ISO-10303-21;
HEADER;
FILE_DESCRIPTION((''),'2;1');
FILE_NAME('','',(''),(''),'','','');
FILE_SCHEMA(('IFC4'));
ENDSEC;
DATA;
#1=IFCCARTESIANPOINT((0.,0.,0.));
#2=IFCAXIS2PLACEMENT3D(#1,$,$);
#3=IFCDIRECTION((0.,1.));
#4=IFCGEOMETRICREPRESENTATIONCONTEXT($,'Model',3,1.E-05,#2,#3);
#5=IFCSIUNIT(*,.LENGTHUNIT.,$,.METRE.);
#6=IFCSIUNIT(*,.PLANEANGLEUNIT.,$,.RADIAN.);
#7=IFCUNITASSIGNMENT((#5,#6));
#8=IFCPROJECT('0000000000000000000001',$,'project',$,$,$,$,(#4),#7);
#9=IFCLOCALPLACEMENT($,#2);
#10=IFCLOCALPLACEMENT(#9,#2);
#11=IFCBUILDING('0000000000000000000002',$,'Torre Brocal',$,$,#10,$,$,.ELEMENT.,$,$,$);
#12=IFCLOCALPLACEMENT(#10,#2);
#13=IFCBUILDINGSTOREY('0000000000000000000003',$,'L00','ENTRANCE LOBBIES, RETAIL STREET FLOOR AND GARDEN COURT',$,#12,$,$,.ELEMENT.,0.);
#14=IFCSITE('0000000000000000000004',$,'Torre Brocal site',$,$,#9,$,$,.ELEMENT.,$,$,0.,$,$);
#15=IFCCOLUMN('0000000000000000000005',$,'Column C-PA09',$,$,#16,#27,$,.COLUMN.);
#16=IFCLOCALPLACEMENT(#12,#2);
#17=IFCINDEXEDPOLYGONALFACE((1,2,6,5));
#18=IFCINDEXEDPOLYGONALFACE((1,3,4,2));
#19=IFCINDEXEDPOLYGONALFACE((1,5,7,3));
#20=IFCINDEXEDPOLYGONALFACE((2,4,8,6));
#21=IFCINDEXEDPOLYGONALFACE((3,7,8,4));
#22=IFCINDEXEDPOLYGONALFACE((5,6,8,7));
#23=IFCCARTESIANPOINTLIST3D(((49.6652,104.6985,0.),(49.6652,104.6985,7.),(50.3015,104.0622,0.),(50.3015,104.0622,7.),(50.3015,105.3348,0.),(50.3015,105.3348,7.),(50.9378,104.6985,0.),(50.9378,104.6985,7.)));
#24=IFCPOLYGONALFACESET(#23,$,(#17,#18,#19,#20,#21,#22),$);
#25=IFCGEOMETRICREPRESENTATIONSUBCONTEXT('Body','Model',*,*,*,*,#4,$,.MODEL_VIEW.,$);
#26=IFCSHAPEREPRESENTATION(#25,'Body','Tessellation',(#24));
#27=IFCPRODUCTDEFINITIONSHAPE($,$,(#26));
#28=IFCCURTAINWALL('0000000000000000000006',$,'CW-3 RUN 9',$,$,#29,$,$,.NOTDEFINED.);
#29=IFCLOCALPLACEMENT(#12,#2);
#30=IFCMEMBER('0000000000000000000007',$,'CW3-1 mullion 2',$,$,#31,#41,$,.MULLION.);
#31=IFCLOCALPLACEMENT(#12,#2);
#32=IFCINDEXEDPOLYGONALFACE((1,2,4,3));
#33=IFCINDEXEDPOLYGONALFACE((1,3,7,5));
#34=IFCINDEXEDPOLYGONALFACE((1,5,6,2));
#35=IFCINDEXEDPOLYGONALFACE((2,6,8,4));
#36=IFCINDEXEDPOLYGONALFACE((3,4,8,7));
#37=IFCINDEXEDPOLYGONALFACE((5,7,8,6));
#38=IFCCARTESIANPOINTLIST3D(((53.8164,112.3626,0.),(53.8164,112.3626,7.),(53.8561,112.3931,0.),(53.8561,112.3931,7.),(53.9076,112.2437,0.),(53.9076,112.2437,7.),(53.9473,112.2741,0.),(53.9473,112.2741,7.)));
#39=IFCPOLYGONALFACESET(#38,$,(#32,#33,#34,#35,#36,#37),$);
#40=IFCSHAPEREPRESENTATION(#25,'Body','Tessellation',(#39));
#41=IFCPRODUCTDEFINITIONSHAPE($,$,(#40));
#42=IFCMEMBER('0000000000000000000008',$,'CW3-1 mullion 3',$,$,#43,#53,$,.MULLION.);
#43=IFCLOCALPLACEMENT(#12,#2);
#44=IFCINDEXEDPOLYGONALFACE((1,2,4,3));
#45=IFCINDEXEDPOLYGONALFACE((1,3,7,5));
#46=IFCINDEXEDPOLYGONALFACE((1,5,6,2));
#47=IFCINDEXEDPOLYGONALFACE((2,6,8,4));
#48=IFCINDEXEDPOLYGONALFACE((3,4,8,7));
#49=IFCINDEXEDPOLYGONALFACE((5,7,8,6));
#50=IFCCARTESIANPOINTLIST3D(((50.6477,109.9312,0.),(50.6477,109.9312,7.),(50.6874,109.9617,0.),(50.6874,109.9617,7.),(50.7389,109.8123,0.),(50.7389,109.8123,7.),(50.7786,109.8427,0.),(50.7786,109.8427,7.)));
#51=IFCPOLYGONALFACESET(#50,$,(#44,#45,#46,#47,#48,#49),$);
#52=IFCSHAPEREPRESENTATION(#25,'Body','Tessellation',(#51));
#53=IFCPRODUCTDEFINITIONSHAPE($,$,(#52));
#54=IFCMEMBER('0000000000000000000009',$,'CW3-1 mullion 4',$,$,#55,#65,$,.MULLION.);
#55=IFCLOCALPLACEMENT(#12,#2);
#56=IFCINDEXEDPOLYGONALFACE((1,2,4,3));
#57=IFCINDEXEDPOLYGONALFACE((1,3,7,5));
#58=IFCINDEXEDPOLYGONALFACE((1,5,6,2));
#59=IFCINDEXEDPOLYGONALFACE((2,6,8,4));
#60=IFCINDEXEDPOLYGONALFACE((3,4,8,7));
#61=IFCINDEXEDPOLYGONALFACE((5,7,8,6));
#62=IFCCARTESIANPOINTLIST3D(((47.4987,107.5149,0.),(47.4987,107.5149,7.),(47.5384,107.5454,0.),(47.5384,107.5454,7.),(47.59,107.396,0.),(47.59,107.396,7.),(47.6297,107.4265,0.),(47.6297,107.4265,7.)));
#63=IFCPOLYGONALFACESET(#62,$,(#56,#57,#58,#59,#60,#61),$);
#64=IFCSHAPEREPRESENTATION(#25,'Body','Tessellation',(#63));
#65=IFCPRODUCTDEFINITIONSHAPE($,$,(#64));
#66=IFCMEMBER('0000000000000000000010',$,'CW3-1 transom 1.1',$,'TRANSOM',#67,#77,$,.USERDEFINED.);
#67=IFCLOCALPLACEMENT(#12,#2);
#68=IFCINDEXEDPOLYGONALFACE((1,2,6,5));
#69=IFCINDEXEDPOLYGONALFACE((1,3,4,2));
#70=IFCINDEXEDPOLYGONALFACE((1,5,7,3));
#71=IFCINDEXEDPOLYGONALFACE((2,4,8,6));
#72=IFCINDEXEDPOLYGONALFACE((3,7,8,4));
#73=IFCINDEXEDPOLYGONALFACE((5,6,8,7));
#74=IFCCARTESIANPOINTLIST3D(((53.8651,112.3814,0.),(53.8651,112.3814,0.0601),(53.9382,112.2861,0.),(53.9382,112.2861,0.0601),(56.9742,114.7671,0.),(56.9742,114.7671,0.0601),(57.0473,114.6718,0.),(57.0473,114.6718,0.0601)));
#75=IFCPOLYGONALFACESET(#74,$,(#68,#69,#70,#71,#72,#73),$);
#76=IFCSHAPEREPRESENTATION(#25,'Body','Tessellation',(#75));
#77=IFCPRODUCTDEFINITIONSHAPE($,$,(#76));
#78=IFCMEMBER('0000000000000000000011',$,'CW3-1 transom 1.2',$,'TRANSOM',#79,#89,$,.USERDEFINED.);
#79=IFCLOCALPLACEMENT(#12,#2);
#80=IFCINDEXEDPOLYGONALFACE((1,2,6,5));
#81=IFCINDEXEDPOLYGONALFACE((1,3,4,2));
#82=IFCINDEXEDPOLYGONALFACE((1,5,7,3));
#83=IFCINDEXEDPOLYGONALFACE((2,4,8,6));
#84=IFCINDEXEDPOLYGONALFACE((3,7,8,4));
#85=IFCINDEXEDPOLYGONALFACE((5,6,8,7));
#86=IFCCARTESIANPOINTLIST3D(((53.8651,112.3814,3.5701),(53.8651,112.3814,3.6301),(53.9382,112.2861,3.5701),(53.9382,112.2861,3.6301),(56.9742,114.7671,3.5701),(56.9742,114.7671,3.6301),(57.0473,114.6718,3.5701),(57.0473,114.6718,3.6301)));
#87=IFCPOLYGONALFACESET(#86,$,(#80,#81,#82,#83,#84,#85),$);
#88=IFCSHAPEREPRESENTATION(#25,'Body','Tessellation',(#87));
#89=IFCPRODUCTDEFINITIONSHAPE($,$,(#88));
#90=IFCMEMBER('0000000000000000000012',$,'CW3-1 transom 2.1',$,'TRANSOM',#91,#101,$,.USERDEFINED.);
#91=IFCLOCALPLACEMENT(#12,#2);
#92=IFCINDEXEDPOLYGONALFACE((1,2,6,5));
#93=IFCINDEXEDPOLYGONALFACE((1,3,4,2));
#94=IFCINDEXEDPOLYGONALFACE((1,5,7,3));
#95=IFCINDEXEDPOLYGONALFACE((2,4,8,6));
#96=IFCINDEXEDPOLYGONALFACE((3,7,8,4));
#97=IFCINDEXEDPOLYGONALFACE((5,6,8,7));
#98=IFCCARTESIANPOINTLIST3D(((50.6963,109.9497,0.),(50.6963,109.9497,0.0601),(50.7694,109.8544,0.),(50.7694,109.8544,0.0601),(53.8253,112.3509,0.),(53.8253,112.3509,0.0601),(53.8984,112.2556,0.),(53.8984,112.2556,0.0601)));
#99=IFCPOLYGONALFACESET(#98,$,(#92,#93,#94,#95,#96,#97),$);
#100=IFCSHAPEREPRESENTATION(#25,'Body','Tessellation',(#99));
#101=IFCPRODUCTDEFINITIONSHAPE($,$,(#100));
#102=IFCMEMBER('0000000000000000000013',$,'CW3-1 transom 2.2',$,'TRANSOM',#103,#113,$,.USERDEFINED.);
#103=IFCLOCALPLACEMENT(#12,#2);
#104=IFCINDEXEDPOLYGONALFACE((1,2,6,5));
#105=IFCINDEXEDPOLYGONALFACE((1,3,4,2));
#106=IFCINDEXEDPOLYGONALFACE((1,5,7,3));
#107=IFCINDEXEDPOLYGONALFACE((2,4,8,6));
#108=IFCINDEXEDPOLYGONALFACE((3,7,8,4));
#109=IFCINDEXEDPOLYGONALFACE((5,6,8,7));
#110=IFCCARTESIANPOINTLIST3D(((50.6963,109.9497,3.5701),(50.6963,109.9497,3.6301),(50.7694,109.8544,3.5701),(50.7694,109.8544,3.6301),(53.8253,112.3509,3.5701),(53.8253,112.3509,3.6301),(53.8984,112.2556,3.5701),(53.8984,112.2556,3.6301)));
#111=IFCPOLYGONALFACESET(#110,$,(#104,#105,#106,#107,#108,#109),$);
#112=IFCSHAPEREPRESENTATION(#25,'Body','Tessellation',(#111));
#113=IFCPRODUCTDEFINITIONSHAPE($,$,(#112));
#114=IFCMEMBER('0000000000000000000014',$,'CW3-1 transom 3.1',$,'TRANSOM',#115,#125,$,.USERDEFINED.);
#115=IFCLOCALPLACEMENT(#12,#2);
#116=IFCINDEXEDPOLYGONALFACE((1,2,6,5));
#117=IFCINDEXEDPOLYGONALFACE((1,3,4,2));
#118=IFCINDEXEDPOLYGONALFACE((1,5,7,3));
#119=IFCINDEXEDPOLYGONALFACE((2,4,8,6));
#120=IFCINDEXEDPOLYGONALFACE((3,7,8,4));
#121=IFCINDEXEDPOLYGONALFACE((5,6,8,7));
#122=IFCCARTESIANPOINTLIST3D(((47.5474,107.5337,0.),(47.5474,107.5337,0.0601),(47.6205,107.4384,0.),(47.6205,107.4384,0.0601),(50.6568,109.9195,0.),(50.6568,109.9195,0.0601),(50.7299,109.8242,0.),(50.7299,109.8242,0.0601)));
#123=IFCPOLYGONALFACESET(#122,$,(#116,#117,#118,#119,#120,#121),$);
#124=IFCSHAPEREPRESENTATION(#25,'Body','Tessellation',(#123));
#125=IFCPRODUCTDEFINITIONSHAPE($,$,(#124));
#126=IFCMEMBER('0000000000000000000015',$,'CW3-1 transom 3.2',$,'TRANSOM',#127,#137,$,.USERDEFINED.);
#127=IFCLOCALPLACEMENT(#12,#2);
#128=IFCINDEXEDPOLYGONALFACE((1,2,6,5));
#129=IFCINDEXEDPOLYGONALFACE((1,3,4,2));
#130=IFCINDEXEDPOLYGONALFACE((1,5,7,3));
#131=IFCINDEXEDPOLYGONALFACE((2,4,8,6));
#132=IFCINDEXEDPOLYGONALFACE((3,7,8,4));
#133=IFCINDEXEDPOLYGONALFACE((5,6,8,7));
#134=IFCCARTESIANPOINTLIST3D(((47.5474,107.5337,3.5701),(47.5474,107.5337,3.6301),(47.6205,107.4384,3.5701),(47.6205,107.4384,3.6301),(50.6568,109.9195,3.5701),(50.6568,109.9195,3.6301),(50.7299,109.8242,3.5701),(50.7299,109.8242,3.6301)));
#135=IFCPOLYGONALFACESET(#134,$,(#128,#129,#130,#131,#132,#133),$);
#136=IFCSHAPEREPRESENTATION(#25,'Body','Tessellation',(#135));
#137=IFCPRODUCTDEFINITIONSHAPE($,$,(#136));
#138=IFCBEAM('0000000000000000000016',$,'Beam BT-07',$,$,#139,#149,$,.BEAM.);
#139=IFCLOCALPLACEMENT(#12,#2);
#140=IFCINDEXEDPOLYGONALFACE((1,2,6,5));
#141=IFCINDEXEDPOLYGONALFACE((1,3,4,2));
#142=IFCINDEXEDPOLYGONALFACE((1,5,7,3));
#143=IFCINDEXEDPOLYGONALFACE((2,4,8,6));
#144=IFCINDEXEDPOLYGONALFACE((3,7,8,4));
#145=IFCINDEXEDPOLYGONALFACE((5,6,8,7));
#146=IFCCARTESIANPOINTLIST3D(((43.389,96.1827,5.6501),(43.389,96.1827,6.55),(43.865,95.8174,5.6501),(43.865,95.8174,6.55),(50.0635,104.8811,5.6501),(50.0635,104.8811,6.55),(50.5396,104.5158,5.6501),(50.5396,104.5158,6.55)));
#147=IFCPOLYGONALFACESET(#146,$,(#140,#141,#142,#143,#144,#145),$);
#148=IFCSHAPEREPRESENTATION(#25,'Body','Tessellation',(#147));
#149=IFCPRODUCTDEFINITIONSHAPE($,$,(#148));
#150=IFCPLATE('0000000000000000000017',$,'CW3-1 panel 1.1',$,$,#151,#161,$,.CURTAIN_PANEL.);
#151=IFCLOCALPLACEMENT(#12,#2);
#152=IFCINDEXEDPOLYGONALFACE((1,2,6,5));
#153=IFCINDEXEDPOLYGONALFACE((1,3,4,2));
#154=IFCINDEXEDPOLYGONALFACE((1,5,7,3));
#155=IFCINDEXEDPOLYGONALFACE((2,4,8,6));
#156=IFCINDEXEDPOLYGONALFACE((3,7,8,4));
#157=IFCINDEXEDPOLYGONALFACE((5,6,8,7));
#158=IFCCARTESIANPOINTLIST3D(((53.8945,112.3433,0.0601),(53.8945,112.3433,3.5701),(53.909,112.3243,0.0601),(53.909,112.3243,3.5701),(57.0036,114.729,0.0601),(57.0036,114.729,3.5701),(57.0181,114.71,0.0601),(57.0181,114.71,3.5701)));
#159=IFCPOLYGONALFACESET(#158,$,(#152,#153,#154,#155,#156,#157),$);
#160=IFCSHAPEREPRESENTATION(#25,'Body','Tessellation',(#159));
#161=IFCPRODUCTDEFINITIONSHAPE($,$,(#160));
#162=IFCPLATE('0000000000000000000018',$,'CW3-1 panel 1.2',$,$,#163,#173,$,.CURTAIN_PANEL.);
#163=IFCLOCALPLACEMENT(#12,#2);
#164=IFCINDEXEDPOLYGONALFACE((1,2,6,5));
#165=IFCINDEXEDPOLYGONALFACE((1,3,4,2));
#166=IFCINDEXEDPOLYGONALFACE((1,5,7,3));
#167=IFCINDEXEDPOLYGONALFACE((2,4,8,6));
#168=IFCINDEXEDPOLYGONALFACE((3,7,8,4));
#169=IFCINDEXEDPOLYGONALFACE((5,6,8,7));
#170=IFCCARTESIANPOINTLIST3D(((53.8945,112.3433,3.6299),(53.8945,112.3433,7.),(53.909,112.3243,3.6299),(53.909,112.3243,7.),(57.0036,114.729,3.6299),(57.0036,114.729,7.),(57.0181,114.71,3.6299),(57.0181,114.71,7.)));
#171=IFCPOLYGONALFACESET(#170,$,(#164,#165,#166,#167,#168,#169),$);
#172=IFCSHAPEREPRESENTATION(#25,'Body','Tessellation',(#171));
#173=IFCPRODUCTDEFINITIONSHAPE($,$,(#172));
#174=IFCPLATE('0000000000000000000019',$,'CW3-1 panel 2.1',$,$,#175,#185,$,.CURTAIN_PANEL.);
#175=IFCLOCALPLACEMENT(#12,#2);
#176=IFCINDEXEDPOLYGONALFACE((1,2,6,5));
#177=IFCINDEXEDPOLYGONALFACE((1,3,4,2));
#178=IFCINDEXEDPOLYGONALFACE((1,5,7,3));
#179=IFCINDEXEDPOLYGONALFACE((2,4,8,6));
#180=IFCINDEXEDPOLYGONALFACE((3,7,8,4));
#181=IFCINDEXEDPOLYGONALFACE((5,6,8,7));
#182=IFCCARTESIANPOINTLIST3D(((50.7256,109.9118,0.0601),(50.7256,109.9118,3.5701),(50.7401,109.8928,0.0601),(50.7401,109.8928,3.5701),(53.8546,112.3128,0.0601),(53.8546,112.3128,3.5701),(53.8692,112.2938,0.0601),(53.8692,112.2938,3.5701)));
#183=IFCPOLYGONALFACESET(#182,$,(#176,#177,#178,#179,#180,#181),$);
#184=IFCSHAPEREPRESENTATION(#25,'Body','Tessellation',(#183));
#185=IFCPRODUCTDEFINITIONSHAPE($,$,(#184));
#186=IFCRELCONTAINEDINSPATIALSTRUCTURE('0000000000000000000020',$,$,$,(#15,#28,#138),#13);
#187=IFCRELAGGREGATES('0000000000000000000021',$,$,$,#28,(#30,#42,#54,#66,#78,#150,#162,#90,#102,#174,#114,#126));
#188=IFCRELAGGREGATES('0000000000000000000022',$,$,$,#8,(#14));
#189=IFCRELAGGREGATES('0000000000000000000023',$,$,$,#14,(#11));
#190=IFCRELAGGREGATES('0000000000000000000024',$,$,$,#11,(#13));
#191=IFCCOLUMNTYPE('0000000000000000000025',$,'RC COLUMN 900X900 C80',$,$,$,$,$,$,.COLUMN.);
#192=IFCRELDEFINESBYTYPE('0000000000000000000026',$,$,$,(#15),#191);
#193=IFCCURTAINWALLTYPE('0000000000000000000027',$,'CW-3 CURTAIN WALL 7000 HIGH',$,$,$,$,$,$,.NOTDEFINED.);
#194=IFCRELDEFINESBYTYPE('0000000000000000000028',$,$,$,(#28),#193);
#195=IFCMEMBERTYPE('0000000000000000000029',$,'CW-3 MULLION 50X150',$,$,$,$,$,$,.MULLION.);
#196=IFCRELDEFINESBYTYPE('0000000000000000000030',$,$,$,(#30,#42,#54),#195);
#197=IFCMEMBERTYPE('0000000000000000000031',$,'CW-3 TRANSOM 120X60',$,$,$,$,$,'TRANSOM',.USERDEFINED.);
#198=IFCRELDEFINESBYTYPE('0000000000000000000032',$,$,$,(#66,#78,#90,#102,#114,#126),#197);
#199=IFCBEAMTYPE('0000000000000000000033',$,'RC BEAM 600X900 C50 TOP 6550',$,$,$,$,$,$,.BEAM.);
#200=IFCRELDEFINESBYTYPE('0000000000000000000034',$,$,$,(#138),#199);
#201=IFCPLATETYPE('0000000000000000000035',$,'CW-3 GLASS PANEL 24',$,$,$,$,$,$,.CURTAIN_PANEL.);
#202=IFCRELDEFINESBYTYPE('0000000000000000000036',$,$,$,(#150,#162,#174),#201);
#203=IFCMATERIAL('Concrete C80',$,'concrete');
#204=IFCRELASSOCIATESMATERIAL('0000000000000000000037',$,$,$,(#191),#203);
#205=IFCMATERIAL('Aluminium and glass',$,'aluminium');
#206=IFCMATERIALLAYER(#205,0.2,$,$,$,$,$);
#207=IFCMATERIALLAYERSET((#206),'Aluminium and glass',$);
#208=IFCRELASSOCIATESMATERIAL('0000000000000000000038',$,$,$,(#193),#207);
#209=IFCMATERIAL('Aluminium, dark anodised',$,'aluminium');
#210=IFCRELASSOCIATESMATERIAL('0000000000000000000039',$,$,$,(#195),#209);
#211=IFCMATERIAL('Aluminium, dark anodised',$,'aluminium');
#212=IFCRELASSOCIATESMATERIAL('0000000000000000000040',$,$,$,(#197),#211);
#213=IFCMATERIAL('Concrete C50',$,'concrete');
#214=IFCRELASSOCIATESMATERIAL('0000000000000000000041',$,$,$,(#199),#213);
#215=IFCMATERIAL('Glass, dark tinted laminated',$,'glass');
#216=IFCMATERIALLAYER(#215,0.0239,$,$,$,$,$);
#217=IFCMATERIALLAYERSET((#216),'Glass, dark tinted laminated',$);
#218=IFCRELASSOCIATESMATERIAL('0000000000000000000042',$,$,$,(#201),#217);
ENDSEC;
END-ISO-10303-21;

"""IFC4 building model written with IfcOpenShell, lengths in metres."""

from ifc_helpers import new_model, si_unit, direction, frame, origin, origin_2d, place, context, subcontext, project, spatial, rectangle, extrude, material, layer, layer_set, material_profile, profile_set, type_object, element, aggregate, save


model = new_model("IFC4")

# Units and contexts
model_context = context("Model", 3, precision=1e-05, world=origin(), true_north=direction((0.0, 1.0)))
body_context = subcontext(model_context, "Body", "Model", "MODEL_VIEW")
ifc_project = project(units=[si_unit("LENGTHUNIT", "METRE"), si_unit("PLANEANGLEUNIT", "RADIAN")], contexts=[model_context])

# Site, building, storey
site_placement = place(None, origin())
site = spatial("IfcSite", under=ifc_project, at=site_placement, Name="Torre Brocal site", CompositionType="ELEMENT", RefElevation=0.0)
building_placement = place(site_placement, origin())
building = spatial("IfcBuilding", under=site, at=building_placement, Name="Torre Brocal", CompositionType="ELEMENT")
storey_placement = place(building_placement, origin())
storey = spatial("IfcBuildingStorey", under=building, at=storey_placement, Name="L00", Description="ENTRANCE LOBBIES, RETAIL STREET FLOOR AND GARDEN COURT", CompositionType="ELEMENT", Elevation=0.0)

# Column
ifc_material_1 = material(Name="Concrete C80", Category="concrete")
ifc_material_profile_1 = material_profile(ifc_material_1, rectangle(XDim=0.8999, YDim=0.8999, at=origin_2d()), Name="RC 900X900")
ifc_profile_set_1 = profile_set([ifc_material_profile_1], Name="Concrete C80")
column_type = type_object("IfcColumnType", Name="RC COLUMN 900X900 C80", PredefinedType="COLUMN", material=ifc_profile_set_1)
column_placement = place(storey_placement, frame((50.3015, 104.6985, 0.0), z_axis=(0.0, 0.0, 1.0), x_axis=(-0.707107, 0.707107, 0.0)))
element("IfcColumn", 1, at=column_placement, inside=storey, type_object=column_type, Name="Column C-PA09", PredefinedType="COLUMN", context=body_context, shape_type="SweptSolid", body=[
    extrude(rectangle(XDim=0.8999, YDim=0.8999, at=origin_2d()), origin(), (0.0, 0.0, 1.0), 7.0),
])

# Curtain wall, members
ifc_material_2 = material(Name="Aluminium and glass", Category="aluminium")
ifc_layer_1 = layer(ifc_material_2, 0.2)
ifc_layer_set_1 = layer_set([ifc_layer_1], Name="Aluminium and glass")
curtain_wall_type = type_object("IfcCurtainWallType", Name="CW-3 CURTAIN WALL 7000 HIGH", PredefinedType="NOTDEFINED", material=ifc_layer_set_1)
curtain_wall_placement = place(storey_placement, origin())
curtain_wall = element("IfcCurtainWall", 2, at=curtain_wall_placement, inside=storey, type_object=curtain_wall_type, Name="CW-3 RUN 9", PredefinedType="NOTDEFINED")
ifc_material_3 = material(Name="Aluminium, dark anodised", Category="aluminium")
ifc_material_profile_2 = material_profile(ifc_material_3, rectangle(XDim=0.1499, YDim=0.05, at=origin_2d()), Name="CW-3 MULLION 50X150")
ifc_profile_set_2 = profile_set([ifc_material_profile_2], Name="Aluminium, dark anodised")
member_type_1 = type_object("IfcMemberType", Name="CW-3 MULLION 50X150", PredefinedType="MULLION", material=ifc_profile_set_2)
member_1_placement = place(storey_placement, frame((53.8818, 112.3184, 0.0), z_axis=(0.0, 0.0, 1.0), x_axis=(0.608761, -0.793353, 0.0)))
member_1 = element("IfcMember", 3, at=member_1_placement, type_object=member_type_1, Name="CW3-1 mullion 2", PredefinedType="MULLION", context=body_context, shape_type="SweptSolid", body=[
    extrude(rectangle(XDim=0.1499, YDim=0.05, at=origin_2d()), origin(), (0.0, 0.0, 1.0), 7.0),
])
member_2_placement = place(storey_placement, frame((50.7131, 109.887, 0.0), z_axis=(0.0, 0.0, 1.0), x_axis=(0.608761, -0.793353, 0.0)))
member_2 = element("IfcMember", 4, at=member_2_placement, type_object=member_type_1, Name="CW3-1 mullion 3", PredefinedType="MULLION", context=body_context, shape_type="SweptSolid", body=[
    extrude(rectangle(XDim=0.1499, YDim=0.05, at=origin_2d()), origin(), (0.0, 0.0, 1.0), 7.0),
])
member_3_placement = place(storey_placement, frame((47.5642, 107.4707, 0.0), z_axis=(0.0, 0.0, 1.0), x_axis=(0.608761, -0.793353, 0.0)))
member_3 = element("IfcMember", 5, at=member_3_placement, type_object=member_type_1, Name="CW3-1 mullion 4", PredefinedType="MULLION", context=body_context, shape_type="SweptSolid", body=[
    extrude(rectangle(XDim=0.1499, YDim=0.05, at=origin_2d()), origin(), (0.0, 0.0, 1.0), 7.0),
])
ifc_material_4 = material(Name="Aluminium, dark anodised", Category="aluminium")
ifc_material_profile_3 = material_profile(ifc_material_4, rectangle(XDim=0.1201, YDim=0.0601, at=origin_2d()), Name="CW-3 TRANSOM 120X60")
ifc_profile_set_3 = profile_set([ifc_material_profile_3], Name="Aluminium, dark anodised")
member_type_2 = type_object("IfcMemberType", Name="CW-3 TRANSOM 120X60", ElementType="TRANSOM", PredefinedType="USERDEFINED", material=ifc_profile_set_3)
member_4_placement = place(storey_placement, frame((57.0107, 114.7195, 0.03), z_axis=(-0.793351, -0.608765, 0.0), x_axis=(0.608765, -0.793351, 0.0)))
member_4 = element("IfcMember", 6, at=member_4_placement, type_object=member_type_2, Name="CW3-1 transom 1.1", ObjectType="TRANSOM", PredefinedType="USERDEFINED", context=body_context, shape_type="SweptSolid", body=[
    extrude(rectangle(XDim=0.1201, YDim=0.0601, at=origin_2d()), origin(), (0.0, 0.0, 1.0), 3.9189),
])
member_5_placement = place(storey_placement, frame((57.0107, 114.7195, 3.6001), z_axis=(-0.793351, -0.608765, 0.0), x_axis=(0.608765, -0.793351, 0.0)))
member_5 = element("IfcMember", 7, at=member_5_placement, type_object=member_type_2, Name="CW3-1 transom 1.2", ObjectType="TRANSOM", PredefinedType="USERDEFINED", context=body_context, shape_type="SweptSolid", body=[
    extrude(rectangle(XDim=0.1201, YDim=0.0601, at=origin_2d()), origin(), (0.0, 0.0, 1.0), 3.9189),
])
member_6_placement = place(storey_placement, frame((53.8618, 112.3032, 0.03), z_axis=(-0.793325, -0.608798, 0.0), x_axis=(0.608798, -0.793325, 0.0)))
member_6 = element("IfcMember", 8, at=member_6_placement, type_object=member_type_2, Name="CW3-1 transom 2.1", ObjectType="TRANSOM", PredefinedType="USERDEFINED", context=body_context, shape_type="SweptSolid", body=[
    extrude(rectangle(XDim=0.1201, YDim=0.0601, at=origin_2d()), origin(), (0.0, 0.0, 1.0), 3.9441),
])
member_7_placement = place(storey_placement, frame((53.8618, 112.3032, 3.6001), z_axis=(-0.793325, -0.608798, 0.0), x_axis=(0.608798, -0.793325, 0.0)))
member_7 = element("IfcMember", 9, at=member_7_placement, type_object=member_type_2, Name="CW3-1 transom 2.2", ObjectType="TRANSOM", PredefinedType="USERDEFINED", context=body_context, shape_type="SweptSolid", body=[
    extrude(rectangle(XDim=0.1201, YDim=0.0601, at=origin_2d()), origin(), (0.0, 0.0, 1.0), 3.9441),
])
member_8_placement = place(storey_placement, frame((50.6934, 109.8718, 0.03), z_axis=(-0.793374, -0.608735, 0.0), x_axis=(0.608735, -0.793374, 0.0)))
member_8 = element("IfcMember", 10, at=member_8_placement, type_object=member_type_2, Name="CW3-1 transom 3.1", ObjectType="TRANSOM", PredefinedType="USERDEFINED", context=body_context, shape_type="SweptSolid", body=[
    extrude(rectangle(XDim=0.1201, YDim=0.0601, at=origin_2d()), origin(), (0.0, 0.0, 1.0), 3.9192),
])
member_9_placement = place(storey_placement, frame((50.6934, 109.8718, 3.6001), z_axis=(-0.793374, -0.608735, 0.0), x_axis=(0.608735, -0.793374, 0.0)))
member_9 = element("IfcMember", 11, at=member_9_placement, type_object=member_type_2, Name="CW3-1 transom 3.2", ObjectType="TRANSOM", PredefinedType="USERDEFINED", context=body_context, shape_type="SweptSolid", body=[
    extrude(rectangle(XDim=0.1201, YDim=0.0601, at=origin_2d()), origin(), (0.0, 0.0, 1.0), 3.9192),
])

# Beam
ifc_material_5 = material(Name="Concrete C50", Category="concrete")
ifc_material_profile_4 = material_profile(ifc_material_5, rectangle(XDim=0.6001, YDim=0.8999, at=origin_2d()), Name="RC 600X900")
ifc_profile_set_4 = profile_set([ifc_material_profile_4], Name="Concrete C50")
beam_type = type_object("IfcBeamType", Name="RC BEAM 600X900 C50 TOP 6550", PredefinedType="BEAM", material=ifc_profile_set_4)
beam_placement = place(storey_placement, frame((50.3015, 104.6985, 6.1001), z_axis=(-0.60876, -0.793354, 0.0), x_axis=(0.793354, -0.60876, 0.0)))
element("IfcBeam", 12, at=beam_placement, inside=storey, type_object=beam_type, Name="Beam BT-07", PredefinedType="BEAM", context=body_context, shape_type="SweptSolid", body=[
    extrude(rectangle(XDim=0.6001, YDim=0.8999, at=origin_2d()), origin(), (0.0, 0.0, 1.0), 10.9641),
])

# Plates
ifc_material_6 = material(Name="Glass, dark tinted laminated", Category="glass")
ifc_layer_2 = layer(ifc_material_6, 0.0239)
ifc_layer_set_2 = layer_set([ifc_layer_2], Name="Glass, dark tinted laminated")
plate_type = type_object("IfcPlateType", Name="CW-3 GLASS PANEL 24", PredefinedType="CURTAIN_PANEL", material=ifc_layer_set_2)
plate_1_placement = place(storey_placement, frame((55.4563, 113.5266, 0.0601), z_axis=(0.0, 0.0, 1.0), x_axis=(-0.793353, -0.608761, 0.0)))
plate_1 = element("IfcPlate", 13, at=plate_1_placement, type_object=plate_type, Name="CW3-1 panel 1.1", PredefinedType="CURTAIN_PANEL", context=body_context, shape_type="SweptSolid", body=[
    extrude(rectangle(XDim=3.9189, YDim=0.0239, at=origin_2d()), origin(), (0.0, 0.0, 1.0), 3.51),
])
plate_2_placement = place(storey_placement, frame((55.4563, 113.5266, 3.6299), z_axis=(0.0, 0.0, 1.0), x_axis=(-0.793353, -0.608761, 0.0)))
plate_2 = element("IfcPlate", 14, at=plate_2_placement, type_object=plate_type, Name="CW3-1 panel 1.2", PredefinedType="CURTAIN_PANEL", context=body_context, shape_type="SweptSolid", body=[
    extrude(rectangle(XDim=3.9189, YDim=0.0239, at=origin_2d()), origin(), (0.0, 0.0, 1.0), 3.3701),
])
plate_3_placement = place(storey_placement, frame((52.2974, 111.1028, 0.0601), z_axis=(0.0, 0.0, 1.0), x_axis=(-0.793353, -0.608761, 0.0)))
plate_3 = element("IfcPlate", 15, at=plate_3_placement, type_object=plate_type, Name="CW3-1 panel 2.1", PredefinedType="CURTAIN_PANEL", context=body_context, shape_type="SweptSolid", body=[
    extrude(rectangle(XDim=3.9441, YDim=0.0239, at=origin_2d()), origin(), (0.0, 0.0, 1.0), 3.51),
])
aggregate(curtain_wall, [member_1, member_2, member_3, member_4, member_5, plate_1, plate_2, member_6, member_7, plate_3, member_8, member_9])

save(model, "model.ifc")
